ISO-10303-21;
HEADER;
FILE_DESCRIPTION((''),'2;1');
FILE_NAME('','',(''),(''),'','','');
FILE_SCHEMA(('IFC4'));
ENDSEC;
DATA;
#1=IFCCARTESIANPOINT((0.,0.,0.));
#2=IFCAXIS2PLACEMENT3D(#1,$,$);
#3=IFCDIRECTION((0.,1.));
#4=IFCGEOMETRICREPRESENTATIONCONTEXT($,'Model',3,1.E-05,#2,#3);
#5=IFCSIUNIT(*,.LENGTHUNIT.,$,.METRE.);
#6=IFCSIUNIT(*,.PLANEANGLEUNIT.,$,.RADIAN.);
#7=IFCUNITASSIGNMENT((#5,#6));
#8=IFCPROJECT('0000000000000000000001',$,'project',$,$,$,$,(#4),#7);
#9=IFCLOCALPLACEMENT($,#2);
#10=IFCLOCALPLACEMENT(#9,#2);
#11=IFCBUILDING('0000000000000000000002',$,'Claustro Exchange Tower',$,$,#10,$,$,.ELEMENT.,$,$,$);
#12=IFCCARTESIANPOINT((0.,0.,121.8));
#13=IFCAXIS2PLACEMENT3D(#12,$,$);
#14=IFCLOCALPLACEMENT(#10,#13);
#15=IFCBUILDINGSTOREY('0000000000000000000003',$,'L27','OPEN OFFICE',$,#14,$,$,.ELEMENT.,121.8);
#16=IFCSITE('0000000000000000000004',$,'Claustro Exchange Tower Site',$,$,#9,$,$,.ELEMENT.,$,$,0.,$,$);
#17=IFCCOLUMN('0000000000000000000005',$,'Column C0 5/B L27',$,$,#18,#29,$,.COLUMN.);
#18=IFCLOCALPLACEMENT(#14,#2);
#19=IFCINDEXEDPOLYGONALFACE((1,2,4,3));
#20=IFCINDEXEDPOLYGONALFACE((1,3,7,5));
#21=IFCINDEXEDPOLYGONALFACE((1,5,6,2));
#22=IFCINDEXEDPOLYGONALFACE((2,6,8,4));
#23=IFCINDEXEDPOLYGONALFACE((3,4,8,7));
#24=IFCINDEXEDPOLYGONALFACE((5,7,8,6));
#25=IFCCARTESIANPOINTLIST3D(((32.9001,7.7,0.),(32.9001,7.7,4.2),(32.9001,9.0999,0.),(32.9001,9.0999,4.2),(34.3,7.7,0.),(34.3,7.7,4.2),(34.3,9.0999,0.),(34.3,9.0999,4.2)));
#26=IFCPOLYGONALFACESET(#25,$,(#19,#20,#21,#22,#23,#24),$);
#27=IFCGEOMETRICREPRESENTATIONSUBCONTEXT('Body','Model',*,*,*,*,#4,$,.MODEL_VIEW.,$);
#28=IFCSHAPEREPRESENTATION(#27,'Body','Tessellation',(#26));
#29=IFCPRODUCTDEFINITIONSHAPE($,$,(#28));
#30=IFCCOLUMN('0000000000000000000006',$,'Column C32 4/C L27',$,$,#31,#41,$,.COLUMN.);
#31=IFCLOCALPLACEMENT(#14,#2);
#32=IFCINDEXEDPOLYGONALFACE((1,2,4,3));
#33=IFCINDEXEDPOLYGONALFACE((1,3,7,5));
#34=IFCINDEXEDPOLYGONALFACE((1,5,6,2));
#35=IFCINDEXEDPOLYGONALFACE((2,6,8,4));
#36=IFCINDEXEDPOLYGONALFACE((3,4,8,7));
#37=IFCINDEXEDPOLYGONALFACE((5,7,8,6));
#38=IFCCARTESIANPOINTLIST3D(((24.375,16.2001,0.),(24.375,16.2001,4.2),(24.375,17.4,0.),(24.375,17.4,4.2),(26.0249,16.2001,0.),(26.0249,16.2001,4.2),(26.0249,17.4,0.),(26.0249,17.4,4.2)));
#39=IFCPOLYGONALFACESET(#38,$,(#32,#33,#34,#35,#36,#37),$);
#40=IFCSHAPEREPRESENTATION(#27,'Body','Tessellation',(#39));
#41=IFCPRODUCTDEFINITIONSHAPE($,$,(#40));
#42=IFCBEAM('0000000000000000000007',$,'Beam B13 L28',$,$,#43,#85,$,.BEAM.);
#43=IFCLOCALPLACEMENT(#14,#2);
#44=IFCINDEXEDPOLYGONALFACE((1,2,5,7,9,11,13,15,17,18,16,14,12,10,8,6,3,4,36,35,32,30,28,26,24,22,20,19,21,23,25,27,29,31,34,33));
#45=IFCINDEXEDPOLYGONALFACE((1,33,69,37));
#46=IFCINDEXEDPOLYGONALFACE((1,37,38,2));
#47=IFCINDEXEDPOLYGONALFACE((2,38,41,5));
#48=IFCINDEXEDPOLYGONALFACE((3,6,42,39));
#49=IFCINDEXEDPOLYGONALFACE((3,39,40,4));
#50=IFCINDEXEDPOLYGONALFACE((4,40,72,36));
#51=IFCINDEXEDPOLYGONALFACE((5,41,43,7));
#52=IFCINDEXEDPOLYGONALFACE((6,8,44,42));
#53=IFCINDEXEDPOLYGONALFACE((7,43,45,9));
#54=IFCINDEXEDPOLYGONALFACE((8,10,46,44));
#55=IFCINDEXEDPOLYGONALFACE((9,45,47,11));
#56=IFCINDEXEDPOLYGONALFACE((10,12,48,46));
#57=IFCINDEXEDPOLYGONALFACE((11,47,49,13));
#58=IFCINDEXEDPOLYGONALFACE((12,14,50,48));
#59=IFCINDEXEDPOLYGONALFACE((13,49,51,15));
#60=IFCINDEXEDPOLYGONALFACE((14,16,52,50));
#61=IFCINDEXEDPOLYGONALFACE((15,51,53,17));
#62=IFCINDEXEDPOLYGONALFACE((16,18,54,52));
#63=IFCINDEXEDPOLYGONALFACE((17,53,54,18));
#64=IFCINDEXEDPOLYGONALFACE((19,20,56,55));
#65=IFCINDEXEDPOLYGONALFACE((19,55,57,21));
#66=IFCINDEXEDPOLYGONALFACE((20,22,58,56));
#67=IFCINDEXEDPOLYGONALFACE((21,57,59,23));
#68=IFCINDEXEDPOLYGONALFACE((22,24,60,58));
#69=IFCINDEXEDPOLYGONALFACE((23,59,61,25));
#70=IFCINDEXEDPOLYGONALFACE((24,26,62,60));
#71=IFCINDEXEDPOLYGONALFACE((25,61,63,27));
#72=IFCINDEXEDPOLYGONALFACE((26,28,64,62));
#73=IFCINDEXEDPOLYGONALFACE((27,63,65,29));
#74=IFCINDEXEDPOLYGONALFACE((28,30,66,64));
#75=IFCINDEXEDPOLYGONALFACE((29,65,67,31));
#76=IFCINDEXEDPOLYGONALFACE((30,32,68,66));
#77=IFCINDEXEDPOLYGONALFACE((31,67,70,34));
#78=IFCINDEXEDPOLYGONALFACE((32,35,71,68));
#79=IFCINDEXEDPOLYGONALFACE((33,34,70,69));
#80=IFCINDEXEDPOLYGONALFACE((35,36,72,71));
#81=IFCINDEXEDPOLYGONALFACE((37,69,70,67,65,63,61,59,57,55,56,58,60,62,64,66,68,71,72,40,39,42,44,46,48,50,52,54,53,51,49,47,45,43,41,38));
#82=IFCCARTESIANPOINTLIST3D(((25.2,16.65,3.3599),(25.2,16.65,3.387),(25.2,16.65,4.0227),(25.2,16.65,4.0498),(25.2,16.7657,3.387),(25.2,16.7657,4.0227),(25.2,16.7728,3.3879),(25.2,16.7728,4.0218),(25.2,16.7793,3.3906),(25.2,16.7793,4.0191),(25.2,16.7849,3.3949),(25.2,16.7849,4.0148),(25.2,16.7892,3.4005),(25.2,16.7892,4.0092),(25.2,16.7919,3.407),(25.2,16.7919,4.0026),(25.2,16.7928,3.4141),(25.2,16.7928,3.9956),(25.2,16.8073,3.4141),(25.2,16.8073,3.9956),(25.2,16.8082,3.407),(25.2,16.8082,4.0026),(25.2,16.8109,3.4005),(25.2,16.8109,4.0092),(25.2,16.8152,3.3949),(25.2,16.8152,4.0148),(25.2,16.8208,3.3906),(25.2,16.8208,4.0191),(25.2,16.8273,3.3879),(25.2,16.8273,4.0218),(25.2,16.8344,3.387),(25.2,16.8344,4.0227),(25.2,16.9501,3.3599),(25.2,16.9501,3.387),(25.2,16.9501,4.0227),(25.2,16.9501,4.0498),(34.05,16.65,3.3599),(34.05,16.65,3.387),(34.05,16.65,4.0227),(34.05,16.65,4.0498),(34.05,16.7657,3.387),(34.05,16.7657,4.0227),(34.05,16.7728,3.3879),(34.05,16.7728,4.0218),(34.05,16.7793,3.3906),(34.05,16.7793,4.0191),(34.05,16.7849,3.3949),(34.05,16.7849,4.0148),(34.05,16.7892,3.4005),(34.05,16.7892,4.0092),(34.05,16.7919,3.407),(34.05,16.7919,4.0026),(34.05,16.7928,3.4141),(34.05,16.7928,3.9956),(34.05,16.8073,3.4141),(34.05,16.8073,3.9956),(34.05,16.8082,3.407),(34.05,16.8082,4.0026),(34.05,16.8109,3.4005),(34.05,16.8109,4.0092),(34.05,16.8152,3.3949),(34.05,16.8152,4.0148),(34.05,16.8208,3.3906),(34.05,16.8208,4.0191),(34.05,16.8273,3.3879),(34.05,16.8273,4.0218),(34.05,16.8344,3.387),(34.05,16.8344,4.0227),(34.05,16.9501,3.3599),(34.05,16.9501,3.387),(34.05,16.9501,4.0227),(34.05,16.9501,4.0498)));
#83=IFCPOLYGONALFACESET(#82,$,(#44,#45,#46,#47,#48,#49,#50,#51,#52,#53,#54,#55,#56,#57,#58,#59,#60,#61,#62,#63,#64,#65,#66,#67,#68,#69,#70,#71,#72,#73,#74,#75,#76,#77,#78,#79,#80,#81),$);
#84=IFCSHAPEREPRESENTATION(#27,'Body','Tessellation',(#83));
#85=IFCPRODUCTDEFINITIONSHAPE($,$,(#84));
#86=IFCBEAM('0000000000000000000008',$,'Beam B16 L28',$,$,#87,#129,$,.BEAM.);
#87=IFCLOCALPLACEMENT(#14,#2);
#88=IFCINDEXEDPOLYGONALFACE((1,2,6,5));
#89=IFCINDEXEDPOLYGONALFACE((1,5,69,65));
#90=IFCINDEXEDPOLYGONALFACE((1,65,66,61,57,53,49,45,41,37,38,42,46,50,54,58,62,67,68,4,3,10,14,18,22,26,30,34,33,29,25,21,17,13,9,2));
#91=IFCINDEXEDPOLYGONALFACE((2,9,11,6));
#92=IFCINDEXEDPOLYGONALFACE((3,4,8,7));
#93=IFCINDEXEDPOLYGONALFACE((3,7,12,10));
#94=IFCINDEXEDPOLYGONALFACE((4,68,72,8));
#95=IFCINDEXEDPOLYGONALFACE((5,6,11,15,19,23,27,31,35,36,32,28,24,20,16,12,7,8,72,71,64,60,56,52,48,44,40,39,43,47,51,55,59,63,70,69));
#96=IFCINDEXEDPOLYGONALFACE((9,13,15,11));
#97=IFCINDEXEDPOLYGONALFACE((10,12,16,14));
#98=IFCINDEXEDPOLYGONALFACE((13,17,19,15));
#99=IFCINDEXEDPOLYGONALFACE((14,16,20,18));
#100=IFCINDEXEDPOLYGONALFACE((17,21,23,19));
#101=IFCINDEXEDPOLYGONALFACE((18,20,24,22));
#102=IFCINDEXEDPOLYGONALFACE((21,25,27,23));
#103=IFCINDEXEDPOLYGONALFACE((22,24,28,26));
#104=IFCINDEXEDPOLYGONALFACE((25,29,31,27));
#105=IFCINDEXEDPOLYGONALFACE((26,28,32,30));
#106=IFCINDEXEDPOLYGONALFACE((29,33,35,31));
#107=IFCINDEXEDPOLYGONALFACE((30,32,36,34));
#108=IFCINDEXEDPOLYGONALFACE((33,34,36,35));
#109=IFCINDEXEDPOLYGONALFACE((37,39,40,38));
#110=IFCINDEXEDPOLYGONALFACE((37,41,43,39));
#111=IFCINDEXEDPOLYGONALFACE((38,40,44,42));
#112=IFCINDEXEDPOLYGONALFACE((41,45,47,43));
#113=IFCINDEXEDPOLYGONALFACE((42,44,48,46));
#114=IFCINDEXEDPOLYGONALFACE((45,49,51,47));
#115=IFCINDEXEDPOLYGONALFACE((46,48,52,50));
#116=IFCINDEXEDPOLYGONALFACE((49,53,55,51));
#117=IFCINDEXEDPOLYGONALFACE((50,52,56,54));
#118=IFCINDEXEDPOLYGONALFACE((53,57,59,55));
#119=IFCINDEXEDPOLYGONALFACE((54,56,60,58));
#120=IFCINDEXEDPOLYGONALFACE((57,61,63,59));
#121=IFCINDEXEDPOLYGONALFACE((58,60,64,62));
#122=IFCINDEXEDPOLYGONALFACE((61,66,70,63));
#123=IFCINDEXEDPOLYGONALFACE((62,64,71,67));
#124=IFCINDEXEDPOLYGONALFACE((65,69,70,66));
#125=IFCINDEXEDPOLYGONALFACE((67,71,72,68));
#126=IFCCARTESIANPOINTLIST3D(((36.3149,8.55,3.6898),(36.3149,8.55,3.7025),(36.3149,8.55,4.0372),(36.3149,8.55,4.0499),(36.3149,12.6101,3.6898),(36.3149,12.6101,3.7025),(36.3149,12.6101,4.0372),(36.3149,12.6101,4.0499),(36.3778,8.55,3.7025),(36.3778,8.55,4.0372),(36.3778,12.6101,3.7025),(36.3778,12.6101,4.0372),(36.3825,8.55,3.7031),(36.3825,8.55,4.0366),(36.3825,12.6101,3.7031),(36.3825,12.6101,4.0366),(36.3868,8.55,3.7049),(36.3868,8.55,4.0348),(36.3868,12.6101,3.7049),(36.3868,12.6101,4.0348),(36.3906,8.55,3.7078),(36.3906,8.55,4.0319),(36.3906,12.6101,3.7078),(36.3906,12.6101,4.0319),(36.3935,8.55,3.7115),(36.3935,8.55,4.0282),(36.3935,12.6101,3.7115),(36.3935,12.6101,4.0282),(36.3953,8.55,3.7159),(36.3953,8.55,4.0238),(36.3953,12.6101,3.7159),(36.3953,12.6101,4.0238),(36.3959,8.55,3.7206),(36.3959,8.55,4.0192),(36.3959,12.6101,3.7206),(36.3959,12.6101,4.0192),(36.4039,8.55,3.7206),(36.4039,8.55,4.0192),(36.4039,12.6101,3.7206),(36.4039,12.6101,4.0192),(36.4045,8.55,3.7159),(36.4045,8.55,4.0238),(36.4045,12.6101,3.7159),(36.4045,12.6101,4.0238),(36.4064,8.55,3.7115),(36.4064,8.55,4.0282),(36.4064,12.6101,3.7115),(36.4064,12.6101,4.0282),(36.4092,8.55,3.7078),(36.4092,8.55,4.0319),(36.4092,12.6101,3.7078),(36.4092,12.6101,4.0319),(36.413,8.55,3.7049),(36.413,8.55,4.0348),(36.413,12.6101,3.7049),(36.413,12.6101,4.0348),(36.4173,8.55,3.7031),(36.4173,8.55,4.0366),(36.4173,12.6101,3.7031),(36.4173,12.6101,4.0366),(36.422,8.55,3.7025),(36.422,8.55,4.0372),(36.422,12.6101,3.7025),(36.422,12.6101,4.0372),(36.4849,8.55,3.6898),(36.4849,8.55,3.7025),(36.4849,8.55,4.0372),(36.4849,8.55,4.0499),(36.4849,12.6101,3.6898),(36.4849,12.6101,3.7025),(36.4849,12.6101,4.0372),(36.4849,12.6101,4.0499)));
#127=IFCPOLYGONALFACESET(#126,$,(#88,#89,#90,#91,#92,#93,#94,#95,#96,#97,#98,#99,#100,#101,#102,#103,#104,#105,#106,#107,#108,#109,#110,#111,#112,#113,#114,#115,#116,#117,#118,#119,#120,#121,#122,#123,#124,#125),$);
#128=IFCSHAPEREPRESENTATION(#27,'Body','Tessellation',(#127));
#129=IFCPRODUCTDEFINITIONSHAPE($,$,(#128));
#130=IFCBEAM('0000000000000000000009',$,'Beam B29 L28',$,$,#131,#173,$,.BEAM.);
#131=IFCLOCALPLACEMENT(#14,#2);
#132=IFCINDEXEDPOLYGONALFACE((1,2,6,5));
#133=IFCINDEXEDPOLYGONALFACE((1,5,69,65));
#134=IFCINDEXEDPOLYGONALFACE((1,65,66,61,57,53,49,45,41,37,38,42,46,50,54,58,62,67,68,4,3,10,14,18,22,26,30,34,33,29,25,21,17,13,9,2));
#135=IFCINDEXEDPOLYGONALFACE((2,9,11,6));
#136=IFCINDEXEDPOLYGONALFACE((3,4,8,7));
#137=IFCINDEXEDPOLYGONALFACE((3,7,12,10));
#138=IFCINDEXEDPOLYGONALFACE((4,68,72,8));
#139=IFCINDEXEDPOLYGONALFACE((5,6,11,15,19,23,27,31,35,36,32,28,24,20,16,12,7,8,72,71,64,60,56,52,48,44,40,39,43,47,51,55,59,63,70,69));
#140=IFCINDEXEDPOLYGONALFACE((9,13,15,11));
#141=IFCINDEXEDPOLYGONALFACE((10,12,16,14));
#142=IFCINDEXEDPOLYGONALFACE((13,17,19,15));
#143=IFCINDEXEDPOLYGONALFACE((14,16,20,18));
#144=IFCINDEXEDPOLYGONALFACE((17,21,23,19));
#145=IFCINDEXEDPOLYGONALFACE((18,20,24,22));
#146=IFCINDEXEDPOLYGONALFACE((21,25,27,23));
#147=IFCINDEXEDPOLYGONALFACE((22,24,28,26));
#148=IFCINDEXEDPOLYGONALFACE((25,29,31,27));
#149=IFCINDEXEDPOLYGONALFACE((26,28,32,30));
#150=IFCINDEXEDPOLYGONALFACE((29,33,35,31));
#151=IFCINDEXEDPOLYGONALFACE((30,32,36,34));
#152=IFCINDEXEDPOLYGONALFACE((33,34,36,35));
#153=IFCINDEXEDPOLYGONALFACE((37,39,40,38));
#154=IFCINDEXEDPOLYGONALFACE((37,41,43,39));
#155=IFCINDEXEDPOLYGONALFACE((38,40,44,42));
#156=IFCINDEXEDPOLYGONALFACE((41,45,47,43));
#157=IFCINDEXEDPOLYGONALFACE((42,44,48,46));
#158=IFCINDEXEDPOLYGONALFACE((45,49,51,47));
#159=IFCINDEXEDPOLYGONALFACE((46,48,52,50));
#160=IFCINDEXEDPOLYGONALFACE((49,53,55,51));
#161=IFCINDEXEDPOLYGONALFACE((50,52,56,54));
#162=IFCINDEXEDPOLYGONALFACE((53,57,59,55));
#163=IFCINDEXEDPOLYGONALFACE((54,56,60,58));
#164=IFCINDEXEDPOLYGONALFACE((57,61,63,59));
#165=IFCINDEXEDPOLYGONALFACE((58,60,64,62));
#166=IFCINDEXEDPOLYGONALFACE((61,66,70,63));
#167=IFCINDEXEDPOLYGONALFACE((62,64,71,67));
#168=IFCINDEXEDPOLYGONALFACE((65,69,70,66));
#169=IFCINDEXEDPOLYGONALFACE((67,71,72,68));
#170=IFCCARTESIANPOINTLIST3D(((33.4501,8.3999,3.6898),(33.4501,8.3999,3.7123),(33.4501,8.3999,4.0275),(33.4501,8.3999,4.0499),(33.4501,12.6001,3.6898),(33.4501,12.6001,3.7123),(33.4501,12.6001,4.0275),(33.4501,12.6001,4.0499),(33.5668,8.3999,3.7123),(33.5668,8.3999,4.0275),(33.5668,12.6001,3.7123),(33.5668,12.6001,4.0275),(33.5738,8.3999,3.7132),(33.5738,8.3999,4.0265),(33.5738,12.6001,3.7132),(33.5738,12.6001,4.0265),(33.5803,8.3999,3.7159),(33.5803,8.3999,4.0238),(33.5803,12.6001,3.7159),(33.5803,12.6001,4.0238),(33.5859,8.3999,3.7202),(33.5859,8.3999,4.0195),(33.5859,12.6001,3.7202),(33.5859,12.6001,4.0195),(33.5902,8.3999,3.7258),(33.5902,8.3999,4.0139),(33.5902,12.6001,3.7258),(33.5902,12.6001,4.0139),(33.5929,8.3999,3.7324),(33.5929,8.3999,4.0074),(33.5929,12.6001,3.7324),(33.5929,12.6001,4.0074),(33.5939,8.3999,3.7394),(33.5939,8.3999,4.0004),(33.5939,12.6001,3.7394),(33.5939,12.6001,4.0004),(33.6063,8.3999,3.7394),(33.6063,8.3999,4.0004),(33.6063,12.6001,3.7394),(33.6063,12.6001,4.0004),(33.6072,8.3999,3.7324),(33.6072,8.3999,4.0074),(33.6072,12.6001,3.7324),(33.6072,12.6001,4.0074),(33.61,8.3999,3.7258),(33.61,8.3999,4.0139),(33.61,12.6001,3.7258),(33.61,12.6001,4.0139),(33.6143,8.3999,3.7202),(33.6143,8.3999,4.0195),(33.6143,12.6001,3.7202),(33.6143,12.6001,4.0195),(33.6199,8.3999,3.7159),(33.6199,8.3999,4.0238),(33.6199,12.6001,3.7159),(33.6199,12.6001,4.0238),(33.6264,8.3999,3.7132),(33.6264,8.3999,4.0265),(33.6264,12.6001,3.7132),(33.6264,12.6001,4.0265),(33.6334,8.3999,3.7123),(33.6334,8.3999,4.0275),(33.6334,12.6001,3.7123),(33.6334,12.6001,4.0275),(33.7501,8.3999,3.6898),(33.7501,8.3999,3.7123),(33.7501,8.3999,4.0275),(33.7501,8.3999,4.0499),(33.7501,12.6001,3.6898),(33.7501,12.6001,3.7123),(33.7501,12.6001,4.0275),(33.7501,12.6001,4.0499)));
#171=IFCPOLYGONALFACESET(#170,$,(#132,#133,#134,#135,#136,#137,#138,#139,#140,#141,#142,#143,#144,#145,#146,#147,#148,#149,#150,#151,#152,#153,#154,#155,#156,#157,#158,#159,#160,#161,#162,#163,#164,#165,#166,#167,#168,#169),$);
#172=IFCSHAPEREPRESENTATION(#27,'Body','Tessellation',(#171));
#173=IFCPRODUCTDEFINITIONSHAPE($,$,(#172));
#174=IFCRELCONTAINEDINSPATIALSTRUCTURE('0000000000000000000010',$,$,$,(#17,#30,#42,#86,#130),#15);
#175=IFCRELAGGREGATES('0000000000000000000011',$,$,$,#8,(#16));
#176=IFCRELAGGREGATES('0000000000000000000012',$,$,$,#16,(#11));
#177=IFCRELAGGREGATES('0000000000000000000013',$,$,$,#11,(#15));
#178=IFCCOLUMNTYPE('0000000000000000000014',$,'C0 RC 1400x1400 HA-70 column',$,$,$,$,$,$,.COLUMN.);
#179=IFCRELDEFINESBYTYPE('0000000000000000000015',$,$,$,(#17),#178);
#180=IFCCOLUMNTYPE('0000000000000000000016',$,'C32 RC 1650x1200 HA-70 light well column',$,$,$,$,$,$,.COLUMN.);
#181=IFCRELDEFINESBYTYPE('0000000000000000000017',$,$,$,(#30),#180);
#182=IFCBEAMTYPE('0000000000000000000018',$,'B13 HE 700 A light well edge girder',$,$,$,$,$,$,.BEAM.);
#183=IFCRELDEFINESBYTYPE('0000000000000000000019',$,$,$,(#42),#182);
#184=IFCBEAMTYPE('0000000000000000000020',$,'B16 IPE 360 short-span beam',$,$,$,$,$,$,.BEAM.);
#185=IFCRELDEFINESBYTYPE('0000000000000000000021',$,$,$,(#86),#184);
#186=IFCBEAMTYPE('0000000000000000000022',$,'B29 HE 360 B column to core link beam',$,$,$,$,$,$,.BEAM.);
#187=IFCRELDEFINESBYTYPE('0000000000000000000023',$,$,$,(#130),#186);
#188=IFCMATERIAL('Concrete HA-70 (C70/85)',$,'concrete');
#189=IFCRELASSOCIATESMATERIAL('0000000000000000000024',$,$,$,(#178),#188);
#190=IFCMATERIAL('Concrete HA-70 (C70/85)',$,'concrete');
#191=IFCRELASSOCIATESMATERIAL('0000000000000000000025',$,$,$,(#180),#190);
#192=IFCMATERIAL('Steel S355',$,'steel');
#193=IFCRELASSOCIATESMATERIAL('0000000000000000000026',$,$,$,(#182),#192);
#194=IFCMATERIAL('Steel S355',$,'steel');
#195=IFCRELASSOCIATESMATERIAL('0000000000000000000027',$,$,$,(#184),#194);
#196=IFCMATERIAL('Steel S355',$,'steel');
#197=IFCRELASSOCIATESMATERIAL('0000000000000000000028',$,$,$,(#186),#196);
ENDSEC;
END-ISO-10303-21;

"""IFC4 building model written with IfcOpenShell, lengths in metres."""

from ifc_helpers import new_model, si_unit, direction, frame, origin, origin_2d, place, context, subcontext, project, spatial, rectangle, i_section, extrude, material, material_profile, profile_set, type_object, element, save


model = new_model("IFC4")

# Units and contexts
model_context = context("Model", 3, precision=1e-05, world=origin(), true_north=direction((0.0, 1.0)))
body_context = subcontext(model_context, "Body", "Model", "MODEL_VIEW")
ifc_project = project(units=[si_unit("LENGTHUNIT", "METRE"), si_unit("PLANEANGLEUNIT", "RADIAN")], contexts=[model_context])

# Site, building, storey
site_placement = place(None, origin())
site = spatial("IfcSite", under=ifc_project, at=site_placement, Name="Claustro Exchange Tower Site", CompositionType="ELEMENT", RefElevation=0.0)
building_placement = place(site_placement, origin())
building = spatial("IfcBuilding", under=site, at=building_placement, Name="Claustro Exchange Tower", CompositionType="ELEMENT")
storey_placement = place(building_placement, frame((0.0, 0.0, 121.8)))
storey = spatial("IfcBuildingStorey", under=building, at=storey_placement, Name="L27", Description="OPEN OFFICE", CompositionType="ELEMENT", Elevation=121.8)

# Columns
ifc_material_1 = material(Name="Concrete HA-70 (C70/85)", Category="concrete")
ifc_material_profile_1 = material_profile(ifc_material_1, rectangle(XDim=1.3999, YDim=1.3999, at=origin_2d()), Name="RC 1400x1400")
ifc_profile_set_1 = profile_set([ifc_material_profile_1], Name="Concrete HA-70 (C70/85)")
column_type_1 = type_object("IfcColumnType", Name="C0 RC 1400x1400 HA-70 column", PredefinedType="COLUMN", material=ifc_profile_set_1)
column_1_placement = place(storey_placement, frame((33.6001, 8.3999, 0.0), z_axis=(0.0, 0.0, 1.0), x_axis=(1.0, 0.0, 0.0)))
element("IfcColumn", 1, at=column_1_placement, inside=storey, type_object=column_type_1, Name="Column C0 5/B L27", PredefinedType="COLUMN", context=body_context, shape_type="SweptSolid", body=[
    extrude(rectangle(XDim=1.3999, YDim=1.3999, at=origin_2d()), origin(), (0.0, 0.0, 1.0), 4.2),
])
ifc_material_2 = material(Name="Concrete HA-70 (C70/85)", Category="concrete")
ifc_material_profile_2 = material_profile(ifc_material_2, rectangle(XDim=1.6499, YDim=1.2, at=origin_2d()), Name="RC 1650x1200")
ifc_profile_set_2 = profile_set([ifc_material_profile_2], Name="Concrete HA-70 (C70/85)")
column_type_2 = type_object("IfcColumnType", Name="C32 RC 1650x1200 HA-70 light well column", PredefinedType="COLUMN", material=ifc_profile_set_2)
column_2_placement = place(storey_placement, frame((25.2, 16.8, 0.0), z_axis=(0.0, 0.0, 1.0), x_axis=(1.0, 0.0, 0.0)))
element("IfcColumn", 2, at=column_2_placement, inside=storey, type_object=column_type_2, Name="Column C32 4/C L27", PredefinedType="COLUMN", context=body_context, shape_type="SweptSolid", body=[
    extrude(rectangle(XDim=1.6499, YDim=1.2, at=origin_2d()), origin(), (0.0, 0.0, 1.0), 4.2),
])

# Beams
ifc_material_3 = material(Name="Steel S355", Category="steel")
ifc_material_profile_3 = material_profile(ifc_material_3, i_section(OverallWidth=0.3, OverallDepth=0.6899, WebThickness=0.0144, FlangeThickness=0.0271, FilletRadius=0.0271, at=origin_2d()), Name="HE 700 A")
ifc_profile_set_3 = profile_set([ifc_material_profile_3], Name="Steel S355")
beam_type_1 = type_object("IfcBeamType", Name="B13 HE 700 A light well edge girder", PredefinedType="BEAM", material=ifc_profile_set_3)
beam_1_placement = place(storey_placement, frame((25.2, 16.8, 3.7048), z_axis=(1.0, 0.0, 0.0), x_axis=(0.0, 1.0, 0.0)))
element("IfcBeam", 3, at=beam_1_placement, inside=storey, type_object=beam_type_1, Name="Beam B13 L28", PredefinedType="BEAM", context=body_context, shape_type="SweptSolid", body=[
    extrude(i_section(OverallWidth=0.3, OverallDepth=0.6899, WebThickness=0.0144, FlangeThickness=0.0271, FilletRadius=0.0271, at=origin_2d()), origin(), (0.0, 0.0, 1.0), 8.8501),
])
ifc_material_4 = material(Name="Steel S355", Category="steel")
ifc_material_profile_4 = material_profile(ifc_material_4, i_section(OverallWidth=0.1699, OverallDepth=0.3601, WebThickness=0.0081, FlangeThickness=0.0127, FilletRadius=0.0181, at=origin_2d()), Name="IPE 360")
ifc_profile_set_4 = profile_set([ifc_material_profile_4], Name="Steel S355")
beam_type_2 = type_object("IfcBeamType", Name="B16 IPE 360 short-span beam", PredefinedType="BEAM", material=ifc_profile_set_4)
beam_2_placement = place(storey_placement, frame((36.3999, 8.55, 3.8699), z_axis=(0.0, 1.0, 0.0), x_axis=(-1.0, 0.0, 0.0)))
element("IfcBeam", 4, at=beam_2_placement, inside=storey, type_object=beam_type_2, Name="Beam B16 L28", PredefinedType="BEAM", context=body_context, shape_type="SweptSolid", body=[
    extrude(i_section(OverallWidth=0.1699, OverallDepth=0.3601, WebThickness=0.0081, FlangeThickness=0.0127, FilletRadius=0.0181, at=origin_2d()), origin(), (0.0, 0.0, 1.0), 4.0601),
])
ifc_material_5 = material(Name="Steel S355", Category="steel")
ifc_material_profile_5 = material_profile(ifc_material_5, i_section(OverallWidth=0.3, OverallDepth=0.3601, WebThickness=0.0125, FlangeThickness=0.0225, FilletRadius=0.0271, at=origin_2d()), Name="HE 360 B")
ifc_profile_set_5 = profile_set([ifc_material_profile_5], Name="Steel S355")
beam_type_3 = type_object("IfcBeamType", Name="B29 HE 360 B column to core link beam", PredefinedType="BEAM", material=ifc_profile_set_5)
beam_3_placement = place(storey_placement, frame((33.6001, 8.3999, 3.8699), z_axis=(0.0, 1.0, 0.0), x_axis=(-1.0, 0.0, 0.0)))
element("IfcBeam", 5, at=beam_3_placement, inside=storey, type_object=beam_type_3, Name="Beam B29 L28", PredefinedType="BEAM", context=body_context, shape_type="SweptSolid", body=[
    extrude(i_section(OverallWidth=0.3, OverallDepth=0.3601, WebThickness=0.0125, FlangeThickness=0.0225, FilletRadius=0.0271, at=origin_2d()), origin(), (0.0, 0.0, 1.0), 4.2002),
])

save(model, "model.ifc")
